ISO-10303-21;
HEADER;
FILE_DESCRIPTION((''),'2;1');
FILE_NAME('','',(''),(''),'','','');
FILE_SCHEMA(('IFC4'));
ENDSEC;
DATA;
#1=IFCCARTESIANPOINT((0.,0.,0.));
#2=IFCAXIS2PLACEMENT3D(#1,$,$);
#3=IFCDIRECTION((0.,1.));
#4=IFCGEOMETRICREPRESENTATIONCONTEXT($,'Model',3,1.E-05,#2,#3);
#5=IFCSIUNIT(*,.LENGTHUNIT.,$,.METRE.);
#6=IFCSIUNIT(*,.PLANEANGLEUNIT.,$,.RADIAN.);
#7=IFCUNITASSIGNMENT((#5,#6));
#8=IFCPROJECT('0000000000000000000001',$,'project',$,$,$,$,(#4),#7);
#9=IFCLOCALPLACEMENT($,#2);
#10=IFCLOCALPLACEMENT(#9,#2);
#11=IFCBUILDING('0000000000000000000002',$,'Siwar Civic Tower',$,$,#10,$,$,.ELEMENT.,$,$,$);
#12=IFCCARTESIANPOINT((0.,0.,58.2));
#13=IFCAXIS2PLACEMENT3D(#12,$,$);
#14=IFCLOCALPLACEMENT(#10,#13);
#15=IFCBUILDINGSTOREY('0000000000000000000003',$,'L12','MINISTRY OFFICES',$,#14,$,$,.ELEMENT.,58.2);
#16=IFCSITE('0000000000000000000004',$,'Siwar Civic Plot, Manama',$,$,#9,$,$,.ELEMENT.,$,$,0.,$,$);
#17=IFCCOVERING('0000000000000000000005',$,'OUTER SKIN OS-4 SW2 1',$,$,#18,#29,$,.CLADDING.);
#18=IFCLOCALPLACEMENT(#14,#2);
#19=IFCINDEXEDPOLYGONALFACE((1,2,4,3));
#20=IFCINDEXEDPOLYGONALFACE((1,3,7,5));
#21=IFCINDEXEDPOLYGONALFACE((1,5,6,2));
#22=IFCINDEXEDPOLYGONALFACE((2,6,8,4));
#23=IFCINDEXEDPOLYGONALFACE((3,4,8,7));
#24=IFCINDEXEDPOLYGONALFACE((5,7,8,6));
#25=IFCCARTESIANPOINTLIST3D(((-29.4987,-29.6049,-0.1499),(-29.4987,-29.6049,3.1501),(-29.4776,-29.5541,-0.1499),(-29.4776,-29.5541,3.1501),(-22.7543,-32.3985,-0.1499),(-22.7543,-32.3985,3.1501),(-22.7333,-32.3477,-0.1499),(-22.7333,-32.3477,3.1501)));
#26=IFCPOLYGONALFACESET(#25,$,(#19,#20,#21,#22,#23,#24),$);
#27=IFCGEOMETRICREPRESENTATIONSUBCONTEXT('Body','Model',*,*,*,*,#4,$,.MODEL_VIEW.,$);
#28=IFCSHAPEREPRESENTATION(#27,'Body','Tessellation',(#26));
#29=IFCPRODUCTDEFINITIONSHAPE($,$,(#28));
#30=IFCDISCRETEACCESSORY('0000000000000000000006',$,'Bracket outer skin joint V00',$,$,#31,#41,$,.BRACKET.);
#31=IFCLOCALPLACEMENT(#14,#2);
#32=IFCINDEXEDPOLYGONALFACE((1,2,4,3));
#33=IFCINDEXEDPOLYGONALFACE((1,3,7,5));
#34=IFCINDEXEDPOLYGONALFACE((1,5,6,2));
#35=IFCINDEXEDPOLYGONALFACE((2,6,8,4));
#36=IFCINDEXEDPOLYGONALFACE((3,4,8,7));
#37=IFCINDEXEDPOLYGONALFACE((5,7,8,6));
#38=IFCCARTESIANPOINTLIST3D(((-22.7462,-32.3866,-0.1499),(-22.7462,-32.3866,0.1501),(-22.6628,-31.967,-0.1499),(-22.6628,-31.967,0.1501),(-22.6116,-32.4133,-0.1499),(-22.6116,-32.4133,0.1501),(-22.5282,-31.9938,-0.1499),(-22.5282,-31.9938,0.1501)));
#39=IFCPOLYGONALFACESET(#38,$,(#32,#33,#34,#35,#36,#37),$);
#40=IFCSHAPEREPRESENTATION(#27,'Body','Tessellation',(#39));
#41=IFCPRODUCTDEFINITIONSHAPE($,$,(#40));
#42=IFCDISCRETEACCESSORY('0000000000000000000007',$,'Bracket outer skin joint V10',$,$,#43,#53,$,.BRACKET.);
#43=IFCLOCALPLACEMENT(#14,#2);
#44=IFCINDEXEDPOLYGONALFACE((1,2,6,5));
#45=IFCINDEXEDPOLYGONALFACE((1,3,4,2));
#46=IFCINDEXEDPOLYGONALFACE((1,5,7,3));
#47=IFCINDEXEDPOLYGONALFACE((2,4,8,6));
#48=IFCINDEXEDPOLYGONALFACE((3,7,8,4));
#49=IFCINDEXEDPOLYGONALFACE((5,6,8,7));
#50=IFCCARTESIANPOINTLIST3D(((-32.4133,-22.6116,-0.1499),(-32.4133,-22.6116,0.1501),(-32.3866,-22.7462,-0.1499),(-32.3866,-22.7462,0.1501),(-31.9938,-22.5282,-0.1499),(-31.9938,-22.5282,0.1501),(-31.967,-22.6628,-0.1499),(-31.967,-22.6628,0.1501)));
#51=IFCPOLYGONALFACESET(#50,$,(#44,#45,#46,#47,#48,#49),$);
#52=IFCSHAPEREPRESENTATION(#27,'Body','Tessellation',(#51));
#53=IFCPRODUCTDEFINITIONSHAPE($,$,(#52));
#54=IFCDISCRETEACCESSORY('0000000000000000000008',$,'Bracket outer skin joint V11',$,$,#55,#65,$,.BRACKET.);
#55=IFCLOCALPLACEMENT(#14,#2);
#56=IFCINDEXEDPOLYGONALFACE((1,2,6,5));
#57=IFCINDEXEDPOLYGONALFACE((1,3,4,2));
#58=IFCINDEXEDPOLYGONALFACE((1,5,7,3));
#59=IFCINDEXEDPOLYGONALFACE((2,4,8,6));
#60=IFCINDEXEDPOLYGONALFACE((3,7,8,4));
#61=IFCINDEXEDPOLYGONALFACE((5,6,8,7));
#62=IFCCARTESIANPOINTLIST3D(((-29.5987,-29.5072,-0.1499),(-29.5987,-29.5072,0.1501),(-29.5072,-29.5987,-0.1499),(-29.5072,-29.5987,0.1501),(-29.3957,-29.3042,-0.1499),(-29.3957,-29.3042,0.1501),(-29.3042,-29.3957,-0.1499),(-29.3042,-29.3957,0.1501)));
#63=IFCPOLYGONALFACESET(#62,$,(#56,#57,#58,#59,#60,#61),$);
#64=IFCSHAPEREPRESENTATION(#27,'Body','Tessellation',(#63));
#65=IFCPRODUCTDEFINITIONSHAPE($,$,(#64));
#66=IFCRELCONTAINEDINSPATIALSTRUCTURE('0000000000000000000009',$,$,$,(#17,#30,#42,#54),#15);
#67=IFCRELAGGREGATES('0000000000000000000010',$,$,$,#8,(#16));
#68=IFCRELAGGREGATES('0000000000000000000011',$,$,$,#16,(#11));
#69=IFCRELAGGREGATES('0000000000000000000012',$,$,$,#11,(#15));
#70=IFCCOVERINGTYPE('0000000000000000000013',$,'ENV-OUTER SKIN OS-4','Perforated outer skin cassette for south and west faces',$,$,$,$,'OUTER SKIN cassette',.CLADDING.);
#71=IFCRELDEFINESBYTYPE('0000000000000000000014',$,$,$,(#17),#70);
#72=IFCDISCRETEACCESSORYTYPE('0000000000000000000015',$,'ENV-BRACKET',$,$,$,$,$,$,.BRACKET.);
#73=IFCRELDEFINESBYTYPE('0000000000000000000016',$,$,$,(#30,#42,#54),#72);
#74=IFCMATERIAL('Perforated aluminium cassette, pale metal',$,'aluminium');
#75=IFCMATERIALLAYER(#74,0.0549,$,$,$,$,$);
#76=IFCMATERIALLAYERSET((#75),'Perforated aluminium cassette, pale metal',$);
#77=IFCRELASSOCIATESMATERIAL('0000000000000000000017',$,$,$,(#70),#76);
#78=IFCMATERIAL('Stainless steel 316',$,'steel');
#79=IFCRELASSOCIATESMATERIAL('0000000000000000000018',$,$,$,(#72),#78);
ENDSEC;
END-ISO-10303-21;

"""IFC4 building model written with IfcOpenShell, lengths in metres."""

from ifc_helpers import new_model, si_unit, direction, frame, origin, origin_2d, place, context, subcontext, project, spatial, rectangle, extrude, material, layer, layer_set, type_object, element, save


model = new_model("IFC4")

# Units and contexts
model_context = context("Model", 3, precision=1e-05, world=origin(), true_north=direction((0.0, 1.0)))
body_context = subcontext(model_context, "Body", "Model", "MODEL_VIEW")
ifc_project = project(units=[si_unit("LENGTHUNIT", "METRE"), si_unit("PLANEANGLEUNIT", "RADIAN")], contexts=[model_context])

# Site, building, storey
site_placement = place(None, origin())
site = spatial("IfcSite", under=ifc_project, at=site_placement, Name="Siwar Civic Plot, Manama", CompositionType="ELEMENT", RefElevation=0.0)
building_placement = place(site_placement, origin())
building = spatial("IfcBuilding", under=site, at=building_placement, Name="Siwar Civic Tower", CompositionType="ELEMENT")
storey_placement = place(building_placement, frame((0.0, 0.0, 58.2)))
storey = spatial("IfcBuildingStorey", under=building, at=storey_placement, Name="L12", Description="MINISTRY OFFICES", CompositionType="ELEMENT", Elevation=58.2)

# Covering
ifc_material_1 = material(Name="Perforated aluminium cassette, pale metal", Category="aluminium")
ifc_layer_1 = layer(ifc_material_1, 0.0549)
ifc_layer_set_1 = layer_set([ifc_layer_1], Name="Perforated aluminium cassette, pale metal")
covering_type = type_object("IfcCoveringType", Name="ENV-OUTER SKIN OS-4", Description="Perforated outer skin cassette for south and west faces", ElementType="OUTER SKIN cassette", PredefinedType="CLADDING", material=ifc_layer_set_1)
for number, where, z_axis, x_axis, name in (
    (1, (-26.116, -30.9763, -0.1499), (0.0, 0.0, 1.0), (0.92388, -0.382683, 0.0), "OUTER SKIN OS-4 SW2 1"),
):
    element("IfcCovering", number, at=place(storey_placement, frame(where, z_axis=z_axis, x_axis=x_axis)), inside=storey, type_object=covering_type, Name=name, PredefinedType="CLADDING", context=body_context, shape_type="SweptSolid", body=[
        extrude(rectangle(XDim=7.3, YDim=0.0549, at=origin_2d()), origin(), (0.0, 0.0, 1.0), 3.3),
    ])

# Discrete accessories
ifc_material_2 = material(Name="Stainless steel 316", Category="steel")
discrete_accessory_type = type_object("IfcDiscreteAccessoryType", Name="ENV-BRACKET", PredefinedType="BRACKET", material=ifc_material_2)
for number, where, z_axis, x_axis, name in (
    (2, (-22.6372, -32.1902, -0.1499), (0.0, 0.0, 1.0), (-0.19509, -0.980785, 0.0), "Bracket outer skin joint V00"),
    (3, (-32.1902, -22.6372, -0.1499), (0.0, 0.0, 1.0), (-0.980785, -0.19509, 0.0), "Bracket outer skin joint V10"),
):
    element("IfcDiscreteAccessory", number, at=place(storey_placement, frame(where, z_axis=z_axis, x_axis=x_axis)), inside=storey, type_object=discrete_accessory_type, Name=name, PredefinedType="BRACKET", context=body_context, shape_type="SweptSolid", body=[
        extrude(rectangle(XDim=0.4277, YDim=0.1372, at=origin_2d()), origin(), (0.0, 0.0, 1.0), 0.3),
    ])
discrete_accessory_placement = place(storey_placement, frame((-29.4514, -29.4514, -0.1499), z_axis=(0.0, 0.0, 1.0), x_axis=(-0.707107, -0.707107, 0.0)))
element("IfcDiscreteAccessory", 4, at=discrete_accessory_placement, inside=storey, type_object=discrete_accessory_type, Name="Bracket outer skin joint V11", PredefinedType="BRACKET", context=body_context, shape_type="SweptSolid", body=[
    extrude(rectangle(XDim=0.2871, YDim=0.1294, at=origin_2d()), origin(), (0.0, 0.0, 1.0), 0.3),
])

save(model, "model.ifc")
